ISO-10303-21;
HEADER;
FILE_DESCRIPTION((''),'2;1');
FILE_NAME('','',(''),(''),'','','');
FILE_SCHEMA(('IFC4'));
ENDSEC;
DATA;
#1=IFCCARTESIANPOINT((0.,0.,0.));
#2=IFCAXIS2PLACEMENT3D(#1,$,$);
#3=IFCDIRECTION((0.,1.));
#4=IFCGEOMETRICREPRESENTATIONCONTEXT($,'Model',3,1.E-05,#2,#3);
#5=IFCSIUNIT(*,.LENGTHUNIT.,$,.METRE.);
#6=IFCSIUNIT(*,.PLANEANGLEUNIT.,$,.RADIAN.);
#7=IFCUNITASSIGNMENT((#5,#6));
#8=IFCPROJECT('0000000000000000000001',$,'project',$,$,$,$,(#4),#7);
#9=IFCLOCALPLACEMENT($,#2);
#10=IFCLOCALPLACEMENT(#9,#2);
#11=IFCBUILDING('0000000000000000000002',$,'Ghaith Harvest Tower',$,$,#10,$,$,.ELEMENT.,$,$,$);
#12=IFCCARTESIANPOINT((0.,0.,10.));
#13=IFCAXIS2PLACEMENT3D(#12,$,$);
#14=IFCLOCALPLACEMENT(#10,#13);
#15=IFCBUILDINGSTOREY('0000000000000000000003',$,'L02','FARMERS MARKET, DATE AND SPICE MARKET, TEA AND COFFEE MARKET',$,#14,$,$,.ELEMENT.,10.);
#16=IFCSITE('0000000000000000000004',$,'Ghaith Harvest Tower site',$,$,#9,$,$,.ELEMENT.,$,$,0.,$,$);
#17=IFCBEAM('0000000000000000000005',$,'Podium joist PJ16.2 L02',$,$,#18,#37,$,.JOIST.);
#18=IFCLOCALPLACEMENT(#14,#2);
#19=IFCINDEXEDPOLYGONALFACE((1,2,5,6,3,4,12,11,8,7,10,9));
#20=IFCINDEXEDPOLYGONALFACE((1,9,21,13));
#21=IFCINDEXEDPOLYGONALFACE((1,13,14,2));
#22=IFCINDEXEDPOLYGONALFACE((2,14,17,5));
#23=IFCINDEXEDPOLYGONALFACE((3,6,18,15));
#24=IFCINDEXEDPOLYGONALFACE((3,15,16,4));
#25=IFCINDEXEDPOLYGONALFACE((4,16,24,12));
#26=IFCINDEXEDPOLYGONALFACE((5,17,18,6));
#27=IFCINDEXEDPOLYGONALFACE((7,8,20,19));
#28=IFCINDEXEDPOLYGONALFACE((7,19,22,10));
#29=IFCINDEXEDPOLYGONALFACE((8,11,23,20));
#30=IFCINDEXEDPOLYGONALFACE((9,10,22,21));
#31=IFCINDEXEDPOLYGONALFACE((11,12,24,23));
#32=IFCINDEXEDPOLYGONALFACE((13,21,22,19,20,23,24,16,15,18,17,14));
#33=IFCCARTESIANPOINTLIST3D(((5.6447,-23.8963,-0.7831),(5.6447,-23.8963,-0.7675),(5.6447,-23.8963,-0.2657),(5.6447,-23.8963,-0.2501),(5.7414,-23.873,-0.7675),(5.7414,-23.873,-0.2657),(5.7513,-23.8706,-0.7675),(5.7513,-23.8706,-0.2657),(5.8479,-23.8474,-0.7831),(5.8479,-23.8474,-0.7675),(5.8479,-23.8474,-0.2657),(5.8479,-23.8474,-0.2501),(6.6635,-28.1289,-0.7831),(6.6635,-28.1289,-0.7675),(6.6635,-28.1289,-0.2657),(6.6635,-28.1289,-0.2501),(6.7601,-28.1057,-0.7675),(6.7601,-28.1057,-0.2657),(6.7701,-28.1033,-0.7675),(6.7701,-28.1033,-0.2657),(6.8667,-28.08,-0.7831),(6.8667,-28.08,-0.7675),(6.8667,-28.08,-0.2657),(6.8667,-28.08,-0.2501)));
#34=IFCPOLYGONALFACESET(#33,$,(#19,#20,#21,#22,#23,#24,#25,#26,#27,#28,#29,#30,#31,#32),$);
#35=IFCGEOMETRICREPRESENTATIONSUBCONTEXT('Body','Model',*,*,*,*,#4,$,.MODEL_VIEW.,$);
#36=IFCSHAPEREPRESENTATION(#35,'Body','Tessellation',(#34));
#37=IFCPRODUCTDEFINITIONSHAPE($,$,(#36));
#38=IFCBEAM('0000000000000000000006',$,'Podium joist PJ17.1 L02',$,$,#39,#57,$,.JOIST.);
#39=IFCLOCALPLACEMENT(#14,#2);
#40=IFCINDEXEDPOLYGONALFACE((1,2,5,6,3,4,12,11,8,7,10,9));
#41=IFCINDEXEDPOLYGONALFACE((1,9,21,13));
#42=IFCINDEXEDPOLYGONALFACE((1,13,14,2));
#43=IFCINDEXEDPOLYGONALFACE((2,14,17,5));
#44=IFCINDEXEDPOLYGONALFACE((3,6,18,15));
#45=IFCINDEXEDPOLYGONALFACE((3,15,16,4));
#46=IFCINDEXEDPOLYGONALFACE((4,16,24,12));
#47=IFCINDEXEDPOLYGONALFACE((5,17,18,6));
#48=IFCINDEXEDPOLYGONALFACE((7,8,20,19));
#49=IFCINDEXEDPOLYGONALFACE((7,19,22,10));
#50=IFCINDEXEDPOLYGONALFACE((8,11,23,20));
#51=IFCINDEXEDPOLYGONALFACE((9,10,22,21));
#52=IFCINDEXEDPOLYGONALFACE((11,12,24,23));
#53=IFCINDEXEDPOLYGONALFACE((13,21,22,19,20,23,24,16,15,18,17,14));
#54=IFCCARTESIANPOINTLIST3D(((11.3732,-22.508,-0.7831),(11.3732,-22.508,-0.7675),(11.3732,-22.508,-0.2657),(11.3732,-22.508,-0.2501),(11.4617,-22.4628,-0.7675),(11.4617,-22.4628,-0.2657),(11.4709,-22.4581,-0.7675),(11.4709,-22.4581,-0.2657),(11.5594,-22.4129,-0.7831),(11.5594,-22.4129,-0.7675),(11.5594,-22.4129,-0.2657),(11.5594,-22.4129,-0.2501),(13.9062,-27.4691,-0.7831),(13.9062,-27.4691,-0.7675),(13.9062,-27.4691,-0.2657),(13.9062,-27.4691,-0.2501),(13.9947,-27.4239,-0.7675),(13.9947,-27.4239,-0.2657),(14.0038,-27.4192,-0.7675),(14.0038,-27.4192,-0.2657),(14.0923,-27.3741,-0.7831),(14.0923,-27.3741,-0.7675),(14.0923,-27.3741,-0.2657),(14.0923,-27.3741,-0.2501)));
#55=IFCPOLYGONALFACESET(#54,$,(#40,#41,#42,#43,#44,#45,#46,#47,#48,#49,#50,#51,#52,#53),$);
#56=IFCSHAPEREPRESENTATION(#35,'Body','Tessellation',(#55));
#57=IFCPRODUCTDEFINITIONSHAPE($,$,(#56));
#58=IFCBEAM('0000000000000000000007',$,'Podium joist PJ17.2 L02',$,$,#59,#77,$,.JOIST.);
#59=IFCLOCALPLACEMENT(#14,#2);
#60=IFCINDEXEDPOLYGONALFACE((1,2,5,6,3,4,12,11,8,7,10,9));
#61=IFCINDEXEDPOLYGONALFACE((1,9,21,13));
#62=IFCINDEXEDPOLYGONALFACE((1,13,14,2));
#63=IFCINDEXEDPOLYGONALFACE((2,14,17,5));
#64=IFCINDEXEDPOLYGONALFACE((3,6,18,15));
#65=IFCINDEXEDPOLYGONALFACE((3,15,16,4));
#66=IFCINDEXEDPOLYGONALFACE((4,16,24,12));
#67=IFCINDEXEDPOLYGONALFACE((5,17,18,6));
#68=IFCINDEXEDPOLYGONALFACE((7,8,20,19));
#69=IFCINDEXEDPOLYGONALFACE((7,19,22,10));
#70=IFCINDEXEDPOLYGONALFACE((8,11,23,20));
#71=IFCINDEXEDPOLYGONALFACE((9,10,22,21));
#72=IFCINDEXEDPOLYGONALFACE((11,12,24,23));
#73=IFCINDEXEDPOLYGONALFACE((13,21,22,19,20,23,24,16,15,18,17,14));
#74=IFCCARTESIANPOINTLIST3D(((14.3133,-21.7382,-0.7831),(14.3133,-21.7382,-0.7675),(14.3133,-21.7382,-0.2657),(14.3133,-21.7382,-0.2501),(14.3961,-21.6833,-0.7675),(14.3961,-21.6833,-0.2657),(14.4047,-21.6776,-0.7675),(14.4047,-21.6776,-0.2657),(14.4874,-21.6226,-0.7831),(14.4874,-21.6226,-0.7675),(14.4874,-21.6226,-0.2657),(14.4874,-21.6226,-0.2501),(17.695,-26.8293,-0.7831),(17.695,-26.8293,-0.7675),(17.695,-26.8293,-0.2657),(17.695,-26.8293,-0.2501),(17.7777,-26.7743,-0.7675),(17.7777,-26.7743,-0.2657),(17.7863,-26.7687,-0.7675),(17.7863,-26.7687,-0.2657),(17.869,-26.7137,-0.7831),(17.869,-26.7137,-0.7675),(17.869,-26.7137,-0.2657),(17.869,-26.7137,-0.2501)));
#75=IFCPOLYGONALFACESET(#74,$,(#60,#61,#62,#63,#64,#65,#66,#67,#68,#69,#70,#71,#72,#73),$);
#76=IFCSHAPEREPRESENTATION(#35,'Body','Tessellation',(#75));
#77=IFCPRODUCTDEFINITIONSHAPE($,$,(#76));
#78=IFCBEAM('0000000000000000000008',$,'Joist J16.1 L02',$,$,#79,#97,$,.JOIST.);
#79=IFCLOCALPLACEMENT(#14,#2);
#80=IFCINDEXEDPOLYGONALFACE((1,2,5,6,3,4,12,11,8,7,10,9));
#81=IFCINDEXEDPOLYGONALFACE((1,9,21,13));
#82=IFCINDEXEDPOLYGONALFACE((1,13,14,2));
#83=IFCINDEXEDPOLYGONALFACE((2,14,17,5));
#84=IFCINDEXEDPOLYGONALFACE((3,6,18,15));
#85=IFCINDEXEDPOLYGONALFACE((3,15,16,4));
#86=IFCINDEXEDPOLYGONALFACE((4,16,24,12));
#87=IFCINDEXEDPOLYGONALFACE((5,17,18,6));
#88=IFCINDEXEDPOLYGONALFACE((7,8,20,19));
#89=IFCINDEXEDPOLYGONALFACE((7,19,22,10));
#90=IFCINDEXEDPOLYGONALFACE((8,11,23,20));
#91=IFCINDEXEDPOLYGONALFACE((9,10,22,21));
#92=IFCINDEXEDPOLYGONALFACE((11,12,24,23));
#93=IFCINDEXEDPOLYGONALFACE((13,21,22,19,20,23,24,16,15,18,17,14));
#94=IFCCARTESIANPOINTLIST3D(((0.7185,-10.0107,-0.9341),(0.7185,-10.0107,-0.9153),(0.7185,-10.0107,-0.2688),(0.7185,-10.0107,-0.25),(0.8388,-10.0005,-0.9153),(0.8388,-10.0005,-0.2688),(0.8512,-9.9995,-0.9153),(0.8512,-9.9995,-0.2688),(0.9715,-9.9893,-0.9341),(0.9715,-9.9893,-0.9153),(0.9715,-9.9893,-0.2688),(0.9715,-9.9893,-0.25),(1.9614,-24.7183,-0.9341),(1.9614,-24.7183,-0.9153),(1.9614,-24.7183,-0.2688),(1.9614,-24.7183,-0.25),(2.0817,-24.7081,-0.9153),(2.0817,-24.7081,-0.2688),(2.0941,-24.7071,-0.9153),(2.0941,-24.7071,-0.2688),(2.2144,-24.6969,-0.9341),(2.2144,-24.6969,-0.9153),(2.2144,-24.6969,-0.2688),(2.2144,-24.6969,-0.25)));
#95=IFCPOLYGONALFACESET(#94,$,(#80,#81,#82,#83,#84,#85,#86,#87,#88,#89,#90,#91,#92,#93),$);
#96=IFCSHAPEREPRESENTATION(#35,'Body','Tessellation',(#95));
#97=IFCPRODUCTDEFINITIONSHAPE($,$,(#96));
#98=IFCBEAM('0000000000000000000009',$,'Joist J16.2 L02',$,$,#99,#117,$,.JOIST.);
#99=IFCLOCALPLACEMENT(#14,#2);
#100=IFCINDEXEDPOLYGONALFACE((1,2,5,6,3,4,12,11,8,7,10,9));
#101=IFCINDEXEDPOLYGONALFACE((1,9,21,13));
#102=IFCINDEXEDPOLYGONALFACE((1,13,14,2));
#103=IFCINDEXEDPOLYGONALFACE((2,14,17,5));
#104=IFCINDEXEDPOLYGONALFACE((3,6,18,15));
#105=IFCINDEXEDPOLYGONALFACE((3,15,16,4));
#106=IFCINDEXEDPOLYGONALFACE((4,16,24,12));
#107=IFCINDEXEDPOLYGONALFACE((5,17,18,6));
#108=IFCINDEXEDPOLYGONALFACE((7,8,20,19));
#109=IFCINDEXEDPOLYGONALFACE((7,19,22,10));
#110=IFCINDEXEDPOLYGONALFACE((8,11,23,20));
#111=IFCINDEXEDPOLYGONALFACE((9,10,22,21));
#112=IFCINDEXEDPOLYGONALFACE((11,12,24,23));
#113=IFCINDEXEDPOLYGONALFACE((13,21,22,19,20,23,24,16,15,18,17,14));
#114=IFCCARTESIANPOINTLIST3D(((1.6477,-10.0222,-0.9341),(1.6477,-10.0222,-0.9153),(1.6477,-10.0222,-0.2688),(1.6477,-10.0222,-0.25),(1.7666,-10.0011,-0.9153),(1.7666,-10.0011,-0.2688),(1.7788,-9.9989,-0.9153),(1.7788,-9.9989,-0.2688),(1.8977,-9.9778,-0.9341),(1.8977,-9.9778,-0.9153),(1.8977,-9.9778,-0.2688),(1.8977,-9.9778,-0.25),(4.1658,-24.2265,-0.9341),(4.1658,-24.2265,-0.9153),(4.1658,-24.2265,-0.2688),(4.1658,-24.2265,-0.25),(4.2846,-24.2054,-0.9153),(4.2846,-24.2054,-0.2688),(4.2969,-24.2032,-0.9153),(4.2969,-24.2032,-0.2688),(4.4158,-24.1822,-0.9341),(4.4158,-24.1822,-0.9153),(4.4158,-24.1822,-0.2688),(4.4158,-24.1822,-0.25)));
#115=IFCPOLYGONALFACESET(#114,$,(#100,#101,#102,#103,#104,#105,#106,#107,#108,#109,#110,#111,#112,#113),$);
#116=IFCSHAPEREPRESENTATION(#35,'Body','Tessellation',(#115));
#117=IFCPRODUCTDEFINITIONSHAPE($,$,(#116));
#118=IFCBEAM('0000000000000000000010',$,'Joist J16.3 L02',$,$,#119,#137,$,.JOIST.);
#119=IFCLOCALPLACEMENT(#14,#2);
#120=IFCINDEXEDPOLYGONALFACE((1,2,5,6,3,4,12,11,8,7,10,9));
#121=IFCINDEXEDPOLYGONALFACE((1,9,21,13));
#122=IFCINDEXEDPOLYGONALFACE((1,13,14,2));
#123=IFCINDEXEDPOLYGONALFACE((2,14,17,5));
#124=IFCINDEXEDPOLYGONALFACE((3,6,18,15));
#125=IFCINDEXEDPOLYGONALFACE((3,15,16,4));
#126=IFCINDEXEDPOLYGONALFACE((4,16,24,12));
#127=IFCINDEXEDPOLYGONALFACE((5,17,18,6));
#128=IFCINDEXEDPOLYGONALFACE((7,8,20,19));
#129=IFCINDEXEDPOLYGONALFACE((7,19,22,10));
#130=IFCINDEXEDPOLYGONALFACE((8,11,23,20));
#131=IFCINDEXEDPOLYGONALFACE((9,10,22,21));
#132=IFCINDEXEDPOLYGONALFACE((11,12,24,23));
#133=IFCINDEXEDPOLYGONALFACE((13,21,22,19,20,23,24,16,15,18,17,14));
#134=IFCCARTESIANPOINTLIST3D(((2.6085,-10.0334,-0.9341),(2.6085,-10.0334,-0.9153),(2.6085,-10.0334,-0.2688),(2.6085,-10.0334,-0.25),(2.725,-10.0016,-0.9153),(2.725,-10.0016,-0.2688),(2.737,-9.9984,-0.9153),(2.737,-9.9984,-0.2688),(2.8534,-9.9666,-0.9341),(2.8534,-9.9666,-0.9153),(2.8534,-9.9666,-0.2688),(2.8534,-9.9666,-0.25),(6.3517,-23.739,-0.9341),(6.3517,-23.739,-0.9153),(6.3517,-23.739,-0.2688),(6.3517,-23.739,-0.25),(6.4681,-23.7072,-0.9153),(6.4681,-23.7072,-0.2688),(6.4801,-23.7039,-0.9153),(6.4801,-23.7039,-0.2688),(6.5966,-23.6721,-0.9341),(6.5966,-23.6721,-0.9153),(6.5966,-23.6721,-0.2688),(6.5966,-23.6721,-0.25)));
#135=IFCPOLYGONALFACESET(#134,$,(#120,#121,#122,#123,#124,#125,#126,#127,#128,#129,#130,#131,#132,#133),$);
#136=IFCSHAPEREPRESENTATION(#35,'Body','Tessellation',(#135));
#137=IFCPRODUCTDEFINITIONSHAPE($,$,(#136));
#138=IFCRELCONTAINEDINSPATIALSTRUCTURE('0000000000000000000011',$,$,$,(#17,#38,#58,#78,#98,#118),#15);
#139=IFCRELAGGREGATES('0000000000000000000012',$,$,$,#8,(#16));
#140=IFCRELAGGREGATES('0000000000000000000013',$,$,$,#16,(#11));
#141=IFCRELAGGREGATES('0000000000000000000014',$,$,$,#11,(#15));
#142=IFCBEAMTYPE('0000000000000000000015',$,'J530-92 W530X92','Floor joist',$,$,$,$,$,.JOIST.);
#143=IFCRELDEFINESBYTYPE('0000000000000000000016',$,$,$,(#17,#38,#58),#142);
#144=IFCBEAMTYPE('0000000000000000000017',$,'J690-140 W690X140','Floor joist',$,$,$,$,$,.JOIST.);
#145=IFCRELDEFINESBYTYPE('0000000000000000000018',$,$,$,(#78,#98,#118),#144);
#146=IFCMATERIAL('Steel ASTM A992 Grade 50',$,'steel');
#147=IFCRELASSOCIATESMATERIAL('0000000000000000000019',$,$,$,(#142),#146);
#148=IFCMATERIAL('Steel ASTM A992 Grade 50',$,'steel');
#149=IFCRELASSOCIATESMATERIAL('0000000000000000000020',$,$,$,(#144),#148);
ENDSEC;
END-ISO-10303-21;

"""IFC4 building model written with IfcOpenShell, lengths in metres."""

from ifc_helpers import new_model, si_unit, direction, frame, origin, origin_2d, place, context, subcontext, project, spatial, i_section, extrude, material, material_profile, profile_set, type_object, element, save


model = new_model("IFC4")

# Units and contexts
model_context = context("Model", 3, precision=1e-05, world=origin(), true_north=direction((0.0, 1.0)))
body_context = subcontext(model_context, "Body", "Model", "MODEL_VIEW")
ifc_project = project(units=[si_unit("LENGTHUNIT", "METRE"), si_unit("PLANEANGLEUNIT", "RADIAN")], contexts=[model_context])

# Site, building, storey
site_placement = place(None, origin())
site = spatial("IfcSite", under=ifc_project, at=site_placement, Name="Ghaith Harvest Tower site", CompositionType="ELEMENT", RefElevation=0.0)
building_placement = place(site_placement, origin())
building = spatial("IfcBuilding", under=site, at=building_placement, Name="Ghaith Harvest Tower", CompositionType="ELEMENT")
storey_placement = place(building_placement, frame((0.0, 0.0, 10.0)))
storey = spatial("IfcBuildingStorey", under=building, at=storey_placement, Name="L02", Description="FARMERS MARKET, DATE AND SPICE MARKET, TEA AND COFFEE MARKET", CompositionType="ELEMENT", Elevation=10.0)

# Beams
ifc_material_1 = material(Name="Steel ASTM A992 Grade 50", Category="steel")
ifc_material_profile_1 = material_profile(ifc_material_1, i_section(OverallWidth=0.209, OverallDepth=0.533, WebThickness=0.0103, FlangeThickness=0.0156, at=origin_2d()), Name="W530X92")
ifc_profile_set_1 = profile_set([ifc_material_profile_1], Name="Steel ASTM A992 Grade 50")
beam_type_1 = type_object("IfcBeamType", Name="J530-92 W530X92", Description="Floor joist", PredefinedType="JOIST", material=ifc_profile_set_1)
beam_1_placement = place(storey_placement, frame((5.7463, -23.8718, -0.5166), z_axis=(0.234016, -0.972233, 0.0), x_axis=(0.972233, 0.234016, 0.0)))
element("IfcBeam", 1, at=beam_1_placement, inside=storey, type_object=beam_type_1, Name="Podium joist PJ16.2 L02", PredefinedType="JOIST", context=body_context, shape_type="SweptSolid", body=[
    extrude(i_section(OverallWidth=0.209, OverallDepth=0.533, WebThickness=0.0103, FlangeThickness=0.0156, at=origin_2d()), origin(), (0.0, 0.0, 1.0), 4.3535),
])
beam_2_placement = place(storey_placement, frame((11.4663, -22.4604, -0.5166), z_axis=(0.454719, -0.890635, 0.0), x_axis=(0.890635, 0.454719, 0.0)))
element("IfcBeam", 2, at=beam_2_placement, inside=storey, type_object=beam_type_1, Name="Podium joist PJ17.1 L02", PredefinedType="JOIST", context=body_context, shape_type="SweptSolid", body=[
    extrude(i_section(OverallWidth=0.209, OverallDepth=0.533, WebThickness=0.0103, FlangeThickness=0.0156, at=origin_2d()), origin(), (0.0, 0.0, 1.0), 5.5703),
])
beam_3_placement = place(storey_placement, frame((14.4004, -21.6804, -0.5166), z_axis=(0.553289, -0.832989, 0.0), x_axis=(0.832989, 0.553289, 0.0)))
element("IfcBeam", 3, at=beam_3_placement, inside=storey, type_object=beam_type_1, Name="Podium joist PJ17.2 L02", PredefinedType="JOIST", context=body_context, shape_type="SweptSolid", body=[
    extrude(i_section(OverallWidth=0.209, OverallDepth=0.533, WebThickness=0.0103, FlangeThickness=0.0156, at=origin_2d()), origin(), (0.0, 0.0, 1.0), 6.1118),
])
ifc_material_2 = material(Name="Steel ASTM A992 Grade 50", Category="steel")
ifc_material_profile_2 = material_profile(ifc_material_2, i_section(OverallWidth=0.2539, OverallDepth=0.6841, WebThickness=0.0125, FlangeThickness=0.0188, at=origin_2d()), Name="W690X140")
ifc_profile_set_2 = profile_set([ifc_material_profile_2], Name="Steel ASTM A992 Grade 50")
beam_type_2 = type_object("IfcBeamType", Name="J690-140 W690X140", Description="Floor joist", PredefinedType="JOIST", material=ifc_profile_set_2)
beam_4_placement = place(storey_placement, frame((0.845, -10.0, -0.592), z_axis=(0.084209, -0.996448, 0.0), x_axis=(0.996448, 0.084209, 0.0)))
element("IfcBeam", 4, at=beam_4_placement, inside=storey, type_object=beam_type_2, Name="Joist J16.1 L02", PredefinedType="JOIST", context=body_context, shape_type="SweptSolid", body=[
    extrude(i_section(OverallWidth=0.2539, OverallDepth=0.6841, WebThickness=0.0125, FlangeThickness=0.0188, at=origin_2d()), origin(), (0.0, 0.0, 1.0), 14.76),
])
beam_5_placement = place(storey_placement, frame((1.7727, -10.0, -0.592), z_axis=(0.174553, -0.984648, 0.0), x_axis=(0.984648, 0.174553, 0.0)))
element("IfcBeam", 5, at=beam_5_placement, inside=storey, type_object=beam_type_2, Name="Joist J16.2 L02", PredefinedType="JOIST", context=body_context, shape_type="SweptSolid", body=[
    extrude(i_section(OverallWidth=0.2539, OverallDepth=0.6841, WebThickness=0.0125, FlangeThickness=0.0188, at=origin_2d()), origin(), (0.0, 0.0, 1.0), 14.4258),
])
beam_6_placement = place(storey_placement, frame((2.731, -10.0, -0.592), z_axis=(0.263463, -0.964669, 0.0), x_axis=(0.964669, 0.263463, 0.0)))
element("IfcBeam", 6, at=beam_6_placement, inside=storey, type_object=beam_type_2, Name="Joist J16.3 L02", PredefinedType="JOIST", context=body_context, shape_type="SweptSolid", body=[
    extrude(i_section(OverallWidth=0.2539, OverallDepth=0.6841, WebThickness=0.0125, FlangeThickness=0.0188, at=origin_2d()), origin(), (0.0, 0.0, 1.0), 14.2075),
])

save(model, "model.ifc")
